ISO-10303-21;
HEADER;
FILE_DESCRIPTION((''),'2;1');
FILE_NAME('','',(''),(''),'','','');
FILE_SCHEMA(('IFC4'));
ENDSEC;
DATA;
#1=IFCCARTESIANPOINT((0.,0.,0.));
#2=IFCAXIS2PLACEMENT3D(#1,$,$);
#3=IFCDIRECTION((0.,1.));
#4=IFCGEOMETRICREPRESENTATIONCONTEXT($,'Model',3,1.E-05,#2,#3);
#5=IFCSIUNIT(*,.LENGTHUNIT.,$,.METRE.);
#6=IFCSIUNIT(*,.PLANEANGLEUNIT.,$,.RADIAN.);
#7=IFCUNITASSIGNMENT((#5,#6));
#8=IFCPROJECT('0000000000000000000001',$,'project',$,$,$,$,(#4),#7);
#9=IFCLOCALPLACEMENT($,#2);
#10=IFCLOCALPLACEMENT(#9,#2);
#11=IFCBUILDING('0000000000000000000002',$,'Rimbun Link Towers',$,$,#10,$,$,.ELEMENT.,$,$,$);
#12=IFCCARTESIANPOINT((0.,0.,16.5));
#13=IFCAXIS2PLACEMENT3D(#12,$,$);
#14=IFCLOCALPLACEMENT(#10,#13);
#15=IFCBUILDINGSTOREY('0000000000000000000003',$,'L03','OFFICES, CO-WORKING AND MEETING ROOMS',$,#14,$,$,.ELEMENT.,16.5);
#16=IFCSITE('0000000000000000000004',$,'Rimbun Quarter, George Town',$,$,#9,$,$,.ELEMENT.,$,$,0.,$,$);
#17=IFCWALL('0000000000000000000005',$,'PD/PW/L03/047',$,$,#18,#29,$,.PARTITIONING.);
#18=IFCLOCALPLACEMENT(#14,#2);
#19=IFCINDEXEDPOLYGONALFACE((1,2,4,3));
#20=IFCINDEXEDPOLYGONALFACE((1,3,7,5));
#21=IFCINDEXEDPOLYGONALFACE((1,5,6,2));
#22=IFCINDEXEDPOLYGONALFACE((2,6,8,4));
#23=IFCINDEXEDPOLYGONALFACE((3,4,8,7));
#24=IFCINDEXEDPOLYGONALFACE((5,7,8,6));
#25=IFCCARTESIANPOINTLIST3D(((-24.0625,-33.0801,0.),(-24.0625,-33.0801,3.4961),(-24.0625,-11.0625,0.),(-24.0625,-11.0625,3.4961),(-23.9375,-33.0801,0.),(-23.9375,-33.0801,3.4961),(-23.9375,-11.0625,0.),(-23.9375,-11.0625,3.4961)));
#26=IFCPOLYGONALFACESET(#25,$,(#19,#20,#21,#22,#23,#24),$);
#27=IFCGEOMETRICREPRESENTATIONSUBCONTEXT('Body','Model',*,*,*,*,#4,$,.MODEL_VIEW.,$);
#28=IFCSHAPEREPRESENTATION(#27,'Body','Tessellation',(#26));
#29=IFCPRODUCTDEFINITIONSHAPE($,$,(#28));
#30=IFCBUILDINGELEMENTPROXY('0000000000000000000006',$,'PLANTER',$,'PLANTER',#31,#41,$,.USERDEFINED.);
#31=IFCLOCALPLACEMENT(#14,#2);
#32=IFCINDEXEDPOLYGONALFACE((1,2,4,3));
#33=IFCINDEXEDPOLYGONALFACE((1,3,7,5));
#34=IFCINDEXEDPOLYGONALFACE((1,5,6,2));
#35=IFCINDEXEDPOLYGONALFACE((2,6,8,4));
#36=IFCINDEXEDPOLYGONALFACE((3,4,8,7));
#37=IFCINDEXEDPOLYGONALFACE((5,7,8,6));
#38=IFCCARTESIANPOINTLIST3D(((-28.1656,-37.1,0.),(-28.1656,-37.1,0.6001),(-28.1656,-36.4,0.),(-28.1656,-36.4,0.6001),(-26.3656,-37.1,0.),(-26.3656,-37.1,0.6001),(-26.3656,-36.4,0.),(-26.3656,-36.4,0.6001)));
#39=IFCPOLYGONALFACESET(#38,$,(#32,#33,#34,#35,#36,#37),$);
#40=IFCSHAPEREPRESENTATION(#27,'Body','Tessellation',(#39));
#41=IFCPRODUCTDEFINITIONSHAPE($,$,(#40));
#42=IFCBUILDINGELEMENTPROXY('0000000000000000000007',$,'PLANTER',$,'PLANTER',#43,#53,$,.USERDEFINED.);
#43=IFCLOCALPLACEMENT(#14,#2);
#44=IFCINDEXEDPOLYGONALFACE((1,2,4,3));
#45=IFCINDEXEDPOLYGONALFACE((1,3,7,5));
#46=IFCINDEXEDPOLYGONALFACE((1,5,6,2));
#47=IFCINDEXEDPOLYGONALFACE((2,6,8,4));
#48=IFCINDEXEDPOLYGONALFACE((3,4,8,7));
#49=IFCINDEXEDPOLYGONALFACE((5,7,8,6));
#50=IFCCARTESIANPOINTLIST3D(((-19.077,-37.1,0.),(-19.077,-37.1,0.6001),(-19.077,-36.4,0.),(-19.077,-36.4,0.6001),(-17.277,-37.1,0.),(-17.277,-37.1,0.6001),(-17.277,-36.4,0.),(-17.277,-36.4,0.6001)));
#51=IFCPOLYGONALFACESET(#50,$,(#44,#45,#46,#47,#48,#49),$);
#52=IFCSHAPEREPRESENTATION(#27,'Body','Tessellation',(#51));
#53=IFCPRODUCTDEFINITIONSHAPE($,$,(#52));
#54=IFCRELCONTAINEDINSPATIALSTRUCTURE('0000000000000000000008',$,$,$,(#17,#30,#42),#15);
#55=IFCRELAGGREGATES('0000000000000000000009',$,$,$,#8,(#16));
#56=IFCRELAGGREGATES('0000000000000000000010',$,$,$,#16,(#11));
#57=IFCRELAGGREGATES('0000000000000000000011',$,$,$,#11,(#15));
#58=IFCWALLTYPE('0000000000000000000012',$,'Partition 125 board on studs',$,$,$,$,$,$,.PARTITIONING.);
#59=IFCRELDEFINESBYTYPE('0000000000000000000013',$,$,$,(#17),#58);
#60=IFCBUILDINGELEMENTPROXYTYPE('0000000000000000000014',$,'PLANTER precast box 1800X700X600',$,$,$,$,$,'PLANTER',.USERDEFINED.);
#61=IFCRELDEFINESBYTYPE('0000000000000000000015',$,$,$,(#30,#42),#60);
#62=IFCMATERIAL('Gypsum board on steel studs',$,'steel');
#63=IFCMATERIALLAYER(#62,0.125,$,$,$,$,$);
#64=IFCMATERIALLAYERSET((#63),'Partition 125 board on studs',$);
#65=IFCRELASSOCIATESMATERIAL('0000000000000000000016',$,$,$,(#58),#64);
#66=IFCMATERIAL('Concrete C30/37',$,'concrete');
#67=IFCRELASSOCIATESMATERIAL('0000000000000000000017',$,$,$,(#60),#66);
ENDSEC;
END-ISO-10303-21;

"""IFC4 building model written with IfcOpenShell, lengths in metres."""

from ifc_helpers import new_model, si_unit, direction, frame, frame_2d, origin, origin_2d, place, context, subcontext, project, spatial, rectangle, extrude, material, layer, layer_set, type_object, element, save


model = new_model("IFC4")

# Units and contexts
model_context = context("Model", 3, precision=1e-05, world=origin(), true_north=direction((0.0, 1.0)))
body_context = subcontext(model_context, "Body", "Model", "MODEL_VIEW")
ifc_project = project(units=[si_unit("LENGTHUNIT", "METRE"), si_unit("PLANEANGLEUNIT", "RADIAN")], contexts=[model_context])

# Site, building, storey
site_placement = place(None, origin())
site = spatial("IfcSite", under=ifc_project, at=site_placement, Name="Rimbun Quarter, George Town", CompositionType="ELEMENT", RefElevation=0.0)
building_placement = place(site_placement, origin())
building = spatial("IfcBuilding", under=site, at=building_placement, Name="Rimbun Link Towers", CompositionType="ELEMENT")
storey_placement = place(building_placement, frame((0.0, 0.0, 16.5)))
storey = spatial("IfcBuildingStorey", under=building, at=storey_placement, Name="L03", Description="OFFICES, CO-WORKING AND MEETING ROOMS", CompositionType="ELEMENT", Elevation=16.5)

# Wall
ifc_material_1 = material(Name="Gypsum board on steel studs", Category="steel")
ifc_layer_1 = layer(ifc_material_1, 0.125)
ifc_layer_set_1 = layer_set([ifc_layer_1], Name="Partition 125 board on studs")
wall_type_1 = type_object("IfcWallType", Name="Partition 125 board on studs", PredefinedType="PARTITIONING", material=ifc_layer_set_1)
wall_1_placement = place(storey_placement, frame((-24.0, -33.0801, 0.0), z_axis=(0.0, 0.0, 1.0), x_axis=(0.0, 1.0, 0.0)))
element("IfcWall", 1, at=wall_1_placement, inside=storey, type_object=wall_type_1, Name="PD/PW/L03/047", PredefinedType="PARTITIONING", context=body_context, shape_type="SweptSolid", body=[
    extrude(rectangle(XDim=22.0176, YDim=0.125, at=frame_2d((11.0088, 0.0))), origin(), (0.0, 0.0, 1.0), 3.4961),
])

# Building element proxies
ifc_material_2 = material(Name="Concrete C30/37", Category="concrete")
building_element_proxy_type = type_object("IfcBuildingElementProxyType", Name="PLANTER precast box 1800X700X600", ElementType="PLANTER", PredefinedType="USERDEFINED", material=ifc_material_2)
for number, where, z_axis, x_axis, name in (
    (2, (-27.2656, -36.75, 0.0), (0.0, 0.0, 1.0), (1.0, 0.0, 0.0), "PLANTER"),
    (3, (-18.177, -36.75, 0.0), (0.0, 0.0, 1.0), (1.0, 0.0, 0.0), "PLANTER"),
):
    element("IfcBuildingElementProxy", number, at=place(storey_placement, frame(where, z_axis=z_axis, x_axis=x_axis)), inside=storey, type_object=building_element_proxy_type, Name=name, ObjectType="PLANTER", PredefinedType="USERDEFINED", context=body_context, shape_type="SweptSolid", body=[
        extrude(rectangle(XDim=1.8, YDim=0.7, at=origin_2d()), origin(), (0.0, 0.0, 1.0), 0.6001),
    ])

save(model, "model.ifc")
